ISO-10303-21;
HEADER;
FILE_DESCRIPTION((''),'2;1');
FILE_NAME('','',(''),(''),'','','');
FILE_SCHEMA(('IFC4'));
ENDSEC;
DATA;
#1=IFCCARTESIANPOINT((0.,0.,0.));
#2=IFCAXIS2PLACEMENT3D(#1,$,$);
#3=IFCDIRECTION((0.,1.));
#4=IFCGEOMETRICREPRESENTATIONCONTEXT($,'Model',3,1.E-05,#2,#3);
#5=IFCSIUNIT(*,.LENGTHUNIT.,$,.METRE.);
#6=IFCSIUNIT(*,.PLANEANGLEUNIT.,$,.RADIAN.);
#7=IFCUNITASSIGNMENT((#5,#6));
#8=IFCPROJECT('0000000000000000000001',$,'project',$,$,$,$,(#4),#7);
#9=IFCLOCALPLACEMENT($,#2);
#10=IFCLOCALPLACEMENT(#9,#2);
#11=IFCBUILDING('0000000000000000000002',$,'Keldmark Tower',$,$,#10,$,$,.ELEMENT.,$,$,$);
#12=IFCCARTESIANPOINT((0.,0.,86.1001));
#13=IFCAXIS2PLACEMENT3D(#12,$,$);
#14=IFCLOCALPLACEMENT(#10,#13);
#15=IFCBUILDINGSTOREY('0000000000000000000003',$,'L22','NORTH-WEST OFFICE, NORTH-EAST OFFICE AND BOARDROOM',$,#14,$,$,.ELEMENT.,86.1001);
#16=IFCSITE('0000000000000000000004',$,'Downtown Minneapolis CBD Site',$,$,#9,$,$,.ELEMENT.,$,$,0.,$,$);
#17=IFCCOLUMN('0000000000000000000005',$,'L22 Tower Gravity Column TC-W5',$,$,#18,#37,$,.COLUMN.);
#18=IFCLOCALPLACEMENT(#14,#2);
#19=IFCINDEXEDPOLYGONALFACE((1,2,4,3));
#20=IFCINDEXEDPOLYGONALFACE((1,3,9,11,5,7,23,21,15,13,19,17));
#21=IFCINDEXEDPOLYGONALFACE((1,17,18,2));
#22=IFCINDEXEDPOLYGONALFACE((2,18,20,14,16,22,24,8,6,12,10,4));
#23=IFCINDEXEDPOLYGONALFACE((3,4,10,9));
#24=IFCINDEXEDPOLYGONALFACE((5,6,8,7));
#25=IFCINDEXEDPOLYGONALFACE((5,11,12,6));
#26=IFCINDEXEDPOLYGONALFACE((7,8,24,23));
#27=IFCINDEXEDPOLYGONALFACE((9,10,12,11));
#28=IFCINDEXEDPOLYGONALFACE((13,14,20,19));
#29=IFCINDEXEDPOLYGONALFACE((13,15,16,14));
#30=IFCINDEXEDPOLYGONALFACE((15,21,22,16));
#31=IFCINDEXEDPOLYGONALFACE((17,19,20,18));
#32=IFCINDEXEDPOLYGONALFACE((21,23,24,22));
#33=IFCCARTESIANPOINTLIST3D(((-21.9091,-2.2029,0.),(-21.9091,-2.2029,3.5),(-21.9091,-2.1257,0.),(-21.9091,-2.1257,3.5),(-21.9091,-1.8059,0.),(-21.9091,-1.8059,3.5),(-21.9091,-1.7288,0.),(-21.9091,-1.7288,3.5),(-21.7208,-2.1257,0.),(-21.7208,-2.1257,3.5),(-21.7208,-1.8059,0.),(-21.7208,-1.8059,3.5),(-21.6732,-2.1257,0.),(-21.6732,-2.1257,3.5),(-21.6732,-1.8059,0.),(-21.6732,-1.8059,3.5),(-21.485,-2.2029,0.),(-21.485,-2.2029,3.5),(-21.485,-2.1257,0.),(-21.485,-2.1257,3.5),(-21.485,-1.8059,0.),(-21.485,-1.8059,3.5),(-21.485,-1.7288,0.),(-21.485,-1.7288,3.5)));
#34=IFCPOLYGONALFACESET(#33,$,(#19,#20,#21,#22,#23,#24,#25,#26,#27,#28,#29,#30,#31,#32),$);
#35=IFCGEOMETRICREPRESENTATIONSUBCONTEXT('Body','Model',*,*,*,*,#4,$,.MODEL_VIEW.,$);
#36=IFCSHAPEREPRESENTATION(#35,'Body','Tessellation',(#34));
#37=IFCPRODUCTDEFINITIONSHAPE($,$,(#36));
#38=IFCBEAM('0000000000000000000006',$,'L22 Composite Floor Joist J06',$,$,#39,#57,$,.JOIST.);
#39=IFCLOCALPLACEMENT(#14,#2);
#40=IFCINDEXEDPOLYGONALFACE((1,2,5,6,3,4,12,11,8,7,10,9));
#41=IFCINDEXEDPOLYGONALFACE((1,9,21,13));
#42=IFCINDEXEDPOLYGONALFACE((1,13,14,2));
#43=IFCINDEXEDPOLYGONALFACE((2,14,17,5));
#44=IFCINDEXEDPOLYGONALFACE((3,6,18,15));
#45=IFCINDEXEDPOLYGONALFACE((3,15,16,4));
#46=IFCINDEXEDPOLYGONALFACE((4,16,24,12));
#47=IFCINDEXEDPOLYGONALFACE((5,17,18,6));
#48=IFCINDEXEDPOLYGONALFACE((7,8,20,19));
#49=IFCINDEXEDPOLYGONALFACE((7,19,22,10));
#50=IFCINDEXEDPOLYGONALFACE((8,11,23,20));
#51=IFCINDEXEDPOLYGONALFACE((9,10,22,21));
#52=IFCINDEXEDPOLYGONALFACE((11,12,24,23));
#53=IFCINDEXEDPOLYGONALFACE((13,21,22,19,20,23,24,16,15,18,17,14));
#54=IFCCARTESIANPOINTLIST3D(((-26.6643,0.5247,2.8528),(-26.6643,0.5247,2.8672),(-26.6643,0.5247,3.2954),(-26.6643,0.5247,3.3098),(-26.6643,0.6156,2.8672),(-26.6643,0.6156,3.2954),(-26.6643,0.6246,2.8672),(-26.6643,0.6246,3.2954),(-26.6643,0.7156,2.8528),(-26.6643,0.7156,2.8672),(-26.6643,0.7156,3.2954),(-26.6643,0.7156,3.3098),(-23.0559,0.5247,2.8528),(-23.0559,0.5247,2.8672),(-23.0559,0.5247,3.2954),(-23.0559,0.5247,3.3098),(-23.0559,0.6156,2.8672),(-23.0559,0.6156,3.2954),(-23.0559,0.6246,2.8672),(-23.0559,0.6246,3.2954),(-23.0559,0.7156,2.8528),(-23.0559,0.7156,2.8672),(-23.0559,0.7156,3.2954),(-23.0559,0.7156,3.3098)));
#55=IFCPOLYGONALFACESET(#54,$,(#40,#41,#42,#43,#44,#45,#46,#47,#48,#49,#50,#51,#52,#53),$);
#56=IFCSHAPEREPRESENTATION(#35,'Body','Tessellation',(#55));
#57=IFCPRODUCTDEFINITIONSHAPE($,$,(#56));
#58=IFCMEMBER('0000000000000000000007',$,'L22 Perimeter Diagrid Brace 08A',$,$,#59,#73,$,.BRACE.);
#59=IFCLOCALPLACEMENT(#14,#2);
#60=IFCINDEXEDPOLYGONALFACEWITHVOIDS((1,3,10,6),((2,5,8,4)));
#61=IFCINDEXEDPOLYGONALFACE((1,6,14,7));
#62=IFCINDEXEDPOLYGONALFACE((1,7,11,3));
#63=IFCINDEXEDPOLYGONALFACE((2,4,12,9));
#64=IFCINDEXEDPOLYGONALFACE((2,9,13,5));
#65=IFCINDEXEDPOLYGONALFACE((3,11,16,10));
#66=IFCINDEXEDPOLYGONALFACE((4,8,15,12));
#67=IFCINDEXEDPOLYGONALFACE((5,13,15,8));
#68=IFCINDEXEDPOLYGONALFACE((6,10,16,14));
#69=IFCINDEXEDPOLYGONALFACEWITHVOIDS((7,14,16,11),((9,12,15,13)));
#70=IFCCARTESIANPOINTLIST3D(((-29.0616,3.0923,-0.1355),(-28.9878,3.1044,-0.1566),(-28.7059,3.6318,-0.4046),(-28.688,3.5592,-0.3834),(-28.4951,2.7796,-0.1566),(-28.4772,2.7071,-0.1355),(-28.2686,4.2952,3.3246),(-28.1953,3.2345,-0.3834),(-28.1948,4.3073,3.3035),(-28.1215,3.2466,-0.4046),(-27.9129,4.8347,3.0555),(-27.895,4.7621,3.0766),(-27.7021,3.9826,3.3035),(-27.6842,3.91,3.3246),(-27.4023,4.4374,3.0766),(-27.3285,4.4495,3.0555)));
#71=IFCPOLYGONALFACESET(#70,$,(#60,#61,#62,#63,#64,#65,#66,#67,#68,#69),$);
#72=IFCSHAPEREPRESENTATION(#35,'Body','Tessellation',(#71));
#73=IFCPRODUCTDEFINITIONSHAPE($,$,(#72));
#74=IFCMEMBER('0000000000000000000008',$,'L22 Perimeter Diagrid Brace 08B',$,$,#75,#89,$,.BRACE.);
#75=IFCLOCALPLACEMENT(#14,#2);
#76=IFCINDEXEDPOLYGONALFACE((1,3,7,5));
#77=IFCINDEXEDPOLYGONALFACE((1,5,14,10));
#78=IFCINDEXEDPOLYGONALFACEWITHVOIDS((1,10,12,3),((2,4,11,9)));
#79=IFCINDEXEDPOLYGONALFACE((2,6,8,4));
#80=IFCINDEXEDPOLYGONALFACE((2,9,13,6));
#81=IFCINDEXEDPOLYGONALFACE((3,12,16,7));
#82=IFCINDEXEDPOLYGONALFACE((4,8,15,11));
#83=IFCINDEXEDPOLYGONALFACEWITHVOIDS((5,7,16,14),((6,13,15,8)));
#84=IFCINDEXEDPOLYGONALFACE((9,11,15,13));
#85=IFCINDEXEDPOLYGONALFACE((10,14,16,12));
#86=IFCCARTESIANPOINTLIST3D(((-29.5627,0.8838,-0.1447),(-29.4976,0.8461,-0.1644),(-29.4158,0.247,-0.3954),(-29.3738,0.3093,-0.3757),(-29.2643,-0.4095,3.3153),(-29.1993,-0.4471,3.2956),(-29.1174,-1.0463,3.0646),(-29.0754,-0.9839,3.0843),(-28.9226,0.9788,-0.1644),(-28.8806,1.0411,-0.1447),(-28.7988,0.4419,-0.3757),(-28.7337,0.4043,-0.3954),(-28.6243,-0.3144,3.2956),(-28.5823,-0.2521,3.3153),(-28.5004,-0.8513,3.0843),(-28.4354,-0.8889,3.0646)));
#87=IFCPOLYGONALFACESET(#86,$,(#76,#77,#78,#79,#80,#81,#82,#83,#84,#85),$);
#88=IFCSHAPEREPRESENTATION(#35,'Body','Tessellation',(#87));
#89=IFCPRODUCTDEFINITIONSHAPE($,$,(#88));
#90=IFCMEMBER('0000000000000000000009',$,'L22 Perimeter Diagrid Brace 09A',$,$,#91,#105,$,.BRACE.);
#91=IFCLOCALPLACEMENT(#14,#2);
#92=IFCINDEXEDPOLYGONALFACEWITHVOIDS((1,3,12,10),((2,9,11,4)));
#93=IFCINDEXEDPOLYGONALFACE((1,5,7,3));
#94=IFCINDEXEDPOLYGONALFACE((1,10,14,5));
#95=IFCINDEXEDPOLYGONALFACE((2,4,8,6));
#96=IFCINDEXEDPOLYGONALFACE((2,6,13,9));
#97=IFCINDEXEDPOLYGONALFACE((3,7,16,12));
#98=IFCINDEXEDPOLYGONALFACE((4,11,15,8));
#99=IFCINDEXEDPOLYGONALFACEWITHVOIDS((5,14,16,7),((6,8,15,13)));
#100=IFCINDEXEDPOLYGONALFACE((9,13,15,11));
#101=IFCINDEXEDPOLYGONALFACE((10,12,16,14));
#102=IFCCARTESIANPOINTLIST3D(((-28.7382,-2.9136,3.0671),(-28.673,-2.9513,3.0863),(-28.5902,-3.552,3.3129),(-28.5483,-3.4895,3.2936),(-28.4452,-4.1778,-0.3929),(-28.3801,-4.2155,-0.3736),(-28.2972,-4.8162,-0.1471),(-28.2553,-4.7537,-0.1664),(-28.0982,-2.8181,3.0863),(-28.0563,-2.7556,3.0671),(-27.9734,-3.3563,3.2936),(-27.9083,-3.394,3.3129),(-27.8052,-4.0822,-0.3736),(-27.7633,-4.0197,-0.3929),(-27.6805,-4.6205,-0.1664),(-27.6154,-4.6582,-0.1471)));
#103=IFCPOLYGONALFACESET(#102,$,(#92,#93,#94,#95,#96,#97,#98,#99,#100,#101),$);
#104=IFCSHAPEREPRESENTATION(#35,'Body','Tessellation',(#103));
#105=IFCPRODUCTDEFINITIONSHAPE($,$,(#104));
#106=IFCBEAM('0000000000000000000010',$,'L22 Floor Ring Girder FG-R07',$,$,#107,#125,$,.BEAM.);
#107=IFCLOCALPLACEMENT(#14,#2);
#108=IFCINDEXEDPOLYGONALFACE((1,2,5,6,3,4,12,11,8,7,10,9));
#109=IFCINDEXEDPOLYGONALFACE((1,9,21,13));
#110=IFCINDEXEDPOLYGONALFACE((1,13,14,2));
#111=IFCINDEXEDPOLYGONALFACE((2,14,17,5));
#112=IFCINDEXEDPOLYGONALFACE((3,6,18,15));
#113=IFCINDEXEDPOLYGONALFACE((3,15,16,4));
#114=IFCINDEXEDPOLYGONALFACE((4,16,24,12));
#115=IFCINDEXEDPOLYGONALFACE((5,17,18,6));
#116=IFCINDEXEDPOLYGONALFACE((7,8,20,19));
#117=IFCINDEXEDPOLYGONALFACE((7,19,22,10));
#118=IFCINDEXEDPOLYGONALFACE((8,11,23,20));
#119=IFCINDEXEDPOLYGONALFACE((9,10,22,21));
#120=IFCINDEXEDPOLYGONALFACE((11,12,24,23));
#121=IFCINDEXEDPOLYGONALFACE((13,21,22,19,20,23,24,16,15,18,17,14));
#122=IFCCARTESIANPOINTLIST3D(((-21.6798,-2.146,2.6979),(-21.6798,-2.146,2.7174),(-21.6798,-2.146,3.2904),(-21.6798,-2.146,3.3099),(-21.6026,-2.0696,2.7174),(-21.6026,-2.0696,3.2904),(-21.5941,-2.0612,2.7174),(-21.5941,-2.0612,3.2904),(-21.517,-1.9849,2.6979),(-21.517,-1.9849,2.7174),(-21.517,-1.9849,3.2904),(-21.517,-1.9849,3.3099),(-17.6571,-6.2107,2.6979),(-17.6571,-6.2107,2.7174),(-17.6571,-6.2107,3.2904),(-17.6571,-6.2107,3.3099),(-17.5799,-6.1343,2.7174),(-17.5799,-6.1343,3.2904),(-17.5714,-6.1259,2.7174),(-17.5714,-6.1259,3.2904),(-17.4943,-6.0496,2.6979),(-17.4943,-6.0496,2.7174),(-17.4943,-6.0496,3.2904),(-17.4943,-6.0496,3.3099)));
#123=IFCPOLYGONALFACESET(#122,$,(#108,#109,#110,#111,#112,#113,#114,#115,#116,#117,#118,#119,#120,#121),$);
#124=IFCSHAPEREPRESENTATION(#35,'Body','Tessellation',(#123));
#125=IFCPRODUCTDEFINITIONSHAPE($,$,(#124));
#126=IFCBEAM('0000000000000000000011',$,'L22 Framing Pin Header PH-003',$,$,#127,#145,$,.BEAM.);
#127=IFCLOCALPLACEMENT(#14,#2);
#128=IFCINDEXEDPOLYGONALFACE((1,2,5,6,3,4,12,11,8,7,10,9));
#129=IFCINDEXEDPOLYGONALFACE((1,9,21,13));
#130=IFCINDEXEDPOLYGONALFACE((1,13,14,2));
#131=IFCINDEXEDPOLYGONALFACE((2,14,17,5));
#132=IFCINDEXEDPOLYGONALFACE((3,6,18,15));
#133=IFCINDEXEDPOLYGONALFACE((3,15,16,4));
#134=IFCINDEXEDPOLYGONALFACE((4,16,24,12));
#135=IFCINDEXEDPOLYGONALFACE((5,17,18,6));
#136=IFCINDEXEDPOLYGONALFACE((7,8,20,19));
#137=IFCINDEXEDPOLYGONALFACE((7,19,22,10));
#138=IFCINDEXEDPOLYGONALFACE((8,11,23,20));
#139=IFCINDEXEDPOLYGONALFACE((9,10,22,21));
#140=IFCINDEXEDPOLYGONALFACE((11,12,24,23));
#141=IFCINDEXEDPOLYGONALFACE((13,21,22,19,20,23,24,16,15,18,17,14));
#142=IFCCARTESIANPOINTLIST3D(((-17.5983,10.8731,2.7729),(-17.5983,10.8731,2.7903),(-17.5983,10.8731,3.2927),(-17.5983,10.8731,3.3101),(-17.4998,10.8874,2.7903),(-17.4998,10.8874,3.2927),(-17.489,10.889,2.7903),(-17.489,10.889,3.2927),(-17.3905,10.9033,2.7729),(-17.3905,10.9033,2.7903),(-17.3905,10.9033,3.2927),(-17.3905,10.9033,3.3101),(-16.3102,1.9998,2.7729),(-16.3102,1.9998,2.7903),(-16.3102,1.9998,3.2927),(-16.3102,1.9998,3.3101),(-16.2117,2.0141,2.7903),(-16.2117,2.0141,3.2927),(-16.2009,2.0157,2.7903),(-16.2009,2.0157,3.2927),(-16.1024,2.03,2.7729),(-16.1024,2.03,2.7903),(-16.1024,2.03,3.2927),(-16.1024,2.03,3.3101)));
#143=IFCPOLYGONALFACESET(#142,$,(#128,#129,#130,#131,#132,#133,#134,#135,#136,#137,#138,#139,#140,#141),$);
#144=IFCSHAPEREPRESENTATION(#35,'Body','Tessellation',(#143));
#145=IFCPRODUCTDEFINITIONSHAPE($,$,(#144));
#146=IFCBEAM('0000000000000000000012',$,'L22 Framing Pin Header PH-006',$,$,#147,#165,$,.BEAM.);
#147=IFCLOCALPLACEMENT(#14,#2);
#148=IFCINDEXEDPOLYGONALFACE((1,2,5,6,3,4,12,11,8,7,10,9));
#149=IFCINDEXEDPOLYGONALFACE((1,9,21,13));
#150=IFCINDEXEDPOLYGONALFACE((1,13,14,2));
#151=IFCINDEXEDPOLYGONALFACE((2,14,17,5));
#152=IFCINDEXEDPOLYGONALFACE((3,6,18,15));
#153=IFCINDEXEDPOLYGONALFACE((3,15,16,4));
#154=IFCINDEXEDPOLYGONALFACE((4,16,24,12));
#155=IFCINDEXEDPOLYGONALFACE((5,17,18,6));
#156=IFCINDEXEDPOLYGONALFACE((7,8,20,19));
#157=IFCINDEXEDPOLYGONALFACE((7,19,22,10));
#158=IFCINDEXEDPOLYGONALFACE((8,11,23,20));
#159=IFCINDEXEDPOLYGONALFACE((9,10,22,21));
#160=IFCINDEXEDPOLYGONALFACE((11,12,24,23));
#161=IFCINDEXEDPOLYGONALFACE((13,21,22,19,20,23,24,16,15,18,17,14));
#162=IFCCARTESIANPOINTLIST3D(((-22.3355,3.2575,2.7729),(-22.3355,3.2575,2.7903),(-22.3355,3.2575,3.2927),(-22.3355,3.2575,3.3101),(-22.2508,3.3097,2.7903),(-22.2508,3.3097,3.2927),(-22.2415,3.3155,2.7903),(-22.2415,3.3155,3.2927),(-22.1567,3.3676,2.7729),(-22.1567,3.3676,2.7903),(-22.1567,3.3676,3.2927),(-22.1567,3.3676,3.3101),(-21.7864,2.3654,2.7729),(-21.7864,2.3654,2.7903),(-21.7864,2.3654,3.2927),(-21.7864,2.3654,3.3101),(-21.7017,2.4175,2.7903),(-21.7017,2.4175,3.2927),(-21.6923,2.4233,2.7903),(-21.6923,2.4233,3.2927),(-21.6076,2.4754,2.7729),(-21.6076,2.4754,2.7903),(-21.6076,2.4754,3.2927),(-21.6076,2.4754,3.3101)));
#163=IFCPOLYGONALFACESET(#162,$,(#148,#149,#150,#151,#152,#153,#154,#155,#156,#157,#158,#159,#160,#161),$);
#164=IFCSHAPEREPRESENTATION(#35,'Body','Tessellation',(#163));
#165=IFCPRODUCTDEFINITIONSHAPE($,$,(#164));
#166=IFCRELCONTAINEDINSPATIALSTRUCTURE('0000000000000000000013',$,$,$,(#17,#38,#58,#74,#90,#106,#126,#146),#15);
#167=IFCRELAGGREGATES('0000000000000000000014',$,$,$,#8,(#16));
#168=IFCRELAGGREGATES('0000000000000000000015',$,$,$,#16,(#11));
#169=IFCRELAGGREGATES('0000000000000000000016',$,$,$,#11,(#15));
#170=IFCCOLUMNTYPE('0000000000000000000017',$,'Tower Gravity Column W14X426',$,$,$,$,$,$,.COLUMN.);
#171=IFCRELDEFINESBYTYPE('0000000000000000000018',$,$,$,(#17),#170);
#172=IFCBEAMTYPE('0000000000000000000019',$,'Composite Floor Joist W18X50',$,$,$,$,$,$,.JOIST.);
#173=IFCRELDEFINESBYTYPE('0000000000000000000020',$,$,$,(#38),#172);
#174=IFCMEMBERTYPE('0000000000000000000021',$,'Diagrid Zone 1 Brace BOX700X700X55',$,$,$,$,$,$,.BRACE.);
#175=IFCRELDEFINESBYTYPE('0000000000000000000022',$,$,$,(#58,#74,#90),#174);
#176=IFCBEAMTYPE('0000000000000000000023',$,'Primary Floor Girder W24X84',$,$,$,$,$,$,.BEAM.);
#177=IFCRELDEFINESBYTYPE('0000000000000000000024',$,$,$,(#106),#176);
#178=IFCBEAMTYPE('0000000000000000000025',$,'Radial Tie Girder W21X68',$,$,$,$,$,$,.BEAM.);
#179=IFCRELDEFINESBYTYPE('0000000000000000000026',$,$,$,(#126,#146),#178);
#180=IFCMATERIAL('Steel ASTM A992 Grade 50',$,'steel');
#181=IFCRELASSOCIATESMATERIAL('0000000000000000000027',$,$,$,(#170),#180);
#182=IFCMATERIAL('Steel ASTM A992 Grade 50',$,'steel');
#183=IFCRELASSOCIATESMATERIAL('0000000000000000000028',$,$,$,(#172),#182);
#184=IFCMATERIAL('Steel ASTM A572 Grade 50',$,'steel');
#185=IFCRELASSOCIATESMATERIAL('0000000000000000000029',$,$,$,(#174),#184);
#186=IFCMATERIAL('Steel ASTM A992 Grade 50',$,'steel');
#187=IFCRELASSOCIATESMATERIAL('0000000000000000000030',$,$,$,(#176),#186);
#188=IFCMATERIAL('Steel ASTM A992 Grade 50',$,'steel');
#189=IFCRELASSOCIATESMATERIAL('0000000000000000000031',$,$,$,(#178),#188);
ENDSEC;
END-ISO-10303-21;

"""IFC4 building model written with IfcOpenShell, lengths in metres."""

from ifc_helpers import new_model, si_unit, direction, frame, origin, origin_2d, place, context, subcontext, project, spatial, hollow_rectangle, i_section, extrude, material, material_profile, profile_set, type_object, element, save


model = new_model("IFC4")

# Units and contexts
model_context = context("Model", 3, precision=1e-05, world=origin(), true_north=direction((0.0, 1.0)))
body_context = subcontext(model_context, "Body", "Model", "MODEL_VIEW")
ifc_project = project(units=[si_unit("LENGTHUNIT", "METRE"), si_unit("PLANEANGLEUNIT", "RADIAN")], contexts=[model_context])

# Site, building, storey
site_placement = place(None, origin())
site = spatial("IfcSite", under=ifc_project, at=site_placement, Name="Downtown Minneapolis CBD Site", CompositionType="ELEMENT", RefElevation=0.0)
building_placement = place(site_placement, origin())
building = spatial("IfcBuilding", under=site, at=building_placement, Name="Keldmark Tower", CompositionType="ELEMENT")
storey_placement = place(building_placement, frame((0.0, 0.0, 86.1001)))
storey = spatial("IfcBuildingStorey", under=building, at=storey_placement, Name="L22", Description="NORTH-WEST OFFICE, NORTH-EAST OFFICE AND BOARDROOM", CompositionType="ELEMENT", Elevation=86.1001)

# Column
ifc_material_1 = material(Name="Steel ASTM A992 Grade 50", Category="steel")
ifc_material_profile_1 = material_profile(ifc_material_1, i_section(OverallWidth=0.4241, OverallDepth=0.4741, WebThickness=0.0476, FlangeThickness=0.0771, at=origin_2d()), Name="W14X426")
ifc_profile_set_1 = profile_set([ifc_material_profile_1], Name="Steel ASTM A992 Grade 50")
column_type = type_object("IfcColumnType", Name="Tower Gravity Column W14X426", PredefinedType="COLUMN", material=ifc_profile_set_1)
column_placement = place(storey_placement, frame((-21.697, -1.9658, 0.0), z_axis=(0.0, 0.0, 1.0), x_axis=(1.0, 0.0, 0.0)))
element("IfcColumn", 1, at=column_placement, inside=storey, type_object=column_type, Name="L22 Tower Gravity Column TC-W5", PredefinedType="COLUMN", context=body_context, shape_type="SweptSolid", body=[
    extrude(i_section(OverallWidth=0.4241, OverallDepth=0.4741, WebThickness=0.0476, FlangeThickness=0.0771, at=origin_2d()), origin(), (0.0, 0.0, 1.0), 3.5),
])

# Beam
ifc_material_2 = material(Name="Steel ASTM A992 Grade 50", Category="steel")
ifc_material_profile_2 = material_profile(ifc_material_2, i_section(OverallWidth=0.1909, OverallDepth=0.457, WebThickness=0.009, FlangeThickness=0.0144, at=origin_2d()), Name="W18X50")
ifc_profile_set_2 = profile_set([ifc_material_profile_2], Name="Steel ASTM A992 Grade 50")
beam_type_1 = type_object("IfcBeamType", Name="Composite Floor Joist W18X50", PredefinedType="JOIST", material=ifc_profile_set_2)
beam_1_placement = place(storey_placement, frame((-26.6643, 0.6201, 3.0813), z_axis=(1.0, 0.0, 0.0), x_axis=(0.0, 1.0, 0.0)))
element("IfcBeam", 2, at=beam_1_placement, inside=storey, type_object=beam_type_1, Name="L22 Composite Floor Joist J06", PredefinedType="JOIST", context=body_context, shape_type="SweptSolid", body=[
    extrude(i_section(OverallWidth=0.1909, OverallDepth=0.457, WebThickness=0.009, FlangeThickness=0.0144, at=origin_2d()), origin(), (0.0, 0.0, 1.0), 3.6084),
])

# Members
ifc_material_3 = material(Name="Steel ASTM A572 Grade 50", Category="steel")
ifc_material_profile_3 = material_profile(ifc_material_3, hollow_rectangle(XDim=0.7, YDim=0.7, WallThickness=0.0549, at=origin_2d()), Name="BOX700X700X55")
ifc_profile_set_3 = profile_set([ifc_material_profile_3], Name="Steel ASTM A572 Grade 50")
member_type = type_object("IfcMemberType", Name="Diagrid Zone 1 Brace BOX700X700X55", PredefinedType="BRACE", material=ifc_profile_set_3)
member_1_placement = place(storey_placement, frame((-28.5916, 3.1694, -0.27), z_axis=(0.211575, 0.320945, 0.923163), x_axis=(-0.834907, 0.550391, 0.0)))
element("IfcMember", 3, at=member_1_placement, inside=storey, type_object=member_type, Name="L22 Perimeter Diagrid Brace 08A", PredefinedType="BRACE", context=body_context, shape_type="SweptSolid", body=[
    extrude(hollow_rectangle(XDim=0.7, YDim=0.7, WallThickness=0.0549, at=origin_2d()), origin(), (0.0, 0.0, 1.0), 3.748),
])
member_2_placement = place(storey_placement, frame((-29.1482, 0.644, -0.27), z_axis=(0.080507, -0.348973, 0.933668), x_axis=(0.974407, 0.224792, 0.0)))
element("IfcMember", 4, at=member_2_placement, inside=storey, type_object=member_type, Name="L22 Perimeter Diagrid Brace 08B", PredefinedType="BRACE", context=body_context, shape_type="SweptSolid", body=[
    extrude(hollow_rectangle(XDim=0.7, YDim=0.7, WallThickness=0.0549, at=origin_2d()), origin(), (0.0, 0.0, 1.0), 3.7058),
])
member_3_placement = place(storey_placement, frame((-28.0303, -4.418, -0.27), z_axis=(-0.079281, 0.342099, 0.936313), x_axis=(-0.974181, -0.225766, 0.0)))
element("IfcMember", 5, at=member_3_placement, inside=storey, type_object=member_type, Name="L22 Perimeter Diagrid Brace 09A", PredefinedType="BRACE", context=body_context, shape_type="SweptSolid", body=[
    extrude(hollow_rectangle(XDim=0.7, YDim=0.7, WallThickness=0.0549, at=origin_2d()), origin(), (0.0, 0.0, 1.0), 3.6953),
])

# Beams
ifc_material_4 = material(Name="Steel ASTM A992 Grade 50", Category="steel")
ifc_material_profile_4 = material_profile(ifc_material_4, i_section(OverallWidth=0.229, OverallDepth=0.6121, WebThickness=0.012, FlangeThickness=0.0195, at=origin_2d()), Name="W24X84")
ifc_profile_set_4 = profile_set([ifc_material_profile_4], Name="Steel ASTM A992 Grade 50")
beam_type_2 = type_object("IfcBeamType", Name="Primary Floor Girder W24X84", PredefinedType="BEAM", material=ifc_profile_set_4)
beam_2_placement = place(storey_placement, frame((-21.5984, -2.0654, 3.0039), z_axis=(0.703426, -0.710769, 0.0), x_axis=(0.710769, 0.703426, 0.0)))
element("IfcBeam", 6, at=beam_2_placement, inside=storey, type_object=beam_type_2, Name="L22 Floor Ring Girder FG-R07", PredefinedType="BEAM", context=body_context, shape_type="SweptSolid", body=[
    extrude(i_section(OverallWidth=0.229, OverallDepth=0.6121, WebThickness=0.012, FlangeThickness=0.0195, at=origin_2d()), origin(), (0.0, 0.0, 1.0), 5.7188),
])
ifc_material_5 = material(Name="Steel ASTM A992 Grade 50", Category="steel")
ifc_material_profile_5 = material_profile(ifc_material_5, i_section(OverallWidth=0.21, OverallDepth=0.5371, WebThickness=0.011, FlangeThickness=0.0173, at=origin_2d()), Name="W21X68")
ifc_profile_set_5 = profile_set([ifc_material_profile_5], Name="Steel ASTM A992 Grade 50")
beam_type_3 = type_object("IfcBeamType", Name="Radial Tie Girder W21X68", PredefinedType="BEAM", material=ifc_profile_set_5)
beam_3_placement = place(storey_placement, frame((-16.2063, 2.0149, 3.0415), z_axis=(-0.143659, 0.989627, 0.0), x_axis=(-0.989627, -0.143659, 0.0)))
element("IfcBeam", 7, at=beam_3_placement, inside=storey, type_object=beam_type_3, Name="L22 Framing Pin Header PH-003", PredefinedType="BEAM", context=body_context, shape_type="SweptSolid", body=[
    extrude(i_section(OverallWidth=0.21, OverallDepth=0.5371, WebThickness=0.011, FlangeThickness=0.0173, at=origin_2d()), origin(), (0.0, 0.0, 1.0), 8.9663),
])
beam_4_placement = place(storey_placement, frame((-21.697, 2.4204, 3.0415), z_axis=(-0.524162, 0.851618, 0.0), x_axis=(-0.851618, -0.524162, 0.0)))
element("IfcBeam", 8, at=beam_4_placement, inside=storey, type_object=beam_type_3, Name="L22 Framing Pin Header PH-006", PredefinedType="BEAM", context=body_context, shape_type="SweptSolid", body=[
    extrude(i_section(OverallWidth=0.21, OverallDepth=0.5371, WebThickness=0.011, FlangeThickness=0.0173, at=origin_2d()), origin(), (0.0, 0.0, 1.0), 1.0476),
])

save(model, "model.ifc")
